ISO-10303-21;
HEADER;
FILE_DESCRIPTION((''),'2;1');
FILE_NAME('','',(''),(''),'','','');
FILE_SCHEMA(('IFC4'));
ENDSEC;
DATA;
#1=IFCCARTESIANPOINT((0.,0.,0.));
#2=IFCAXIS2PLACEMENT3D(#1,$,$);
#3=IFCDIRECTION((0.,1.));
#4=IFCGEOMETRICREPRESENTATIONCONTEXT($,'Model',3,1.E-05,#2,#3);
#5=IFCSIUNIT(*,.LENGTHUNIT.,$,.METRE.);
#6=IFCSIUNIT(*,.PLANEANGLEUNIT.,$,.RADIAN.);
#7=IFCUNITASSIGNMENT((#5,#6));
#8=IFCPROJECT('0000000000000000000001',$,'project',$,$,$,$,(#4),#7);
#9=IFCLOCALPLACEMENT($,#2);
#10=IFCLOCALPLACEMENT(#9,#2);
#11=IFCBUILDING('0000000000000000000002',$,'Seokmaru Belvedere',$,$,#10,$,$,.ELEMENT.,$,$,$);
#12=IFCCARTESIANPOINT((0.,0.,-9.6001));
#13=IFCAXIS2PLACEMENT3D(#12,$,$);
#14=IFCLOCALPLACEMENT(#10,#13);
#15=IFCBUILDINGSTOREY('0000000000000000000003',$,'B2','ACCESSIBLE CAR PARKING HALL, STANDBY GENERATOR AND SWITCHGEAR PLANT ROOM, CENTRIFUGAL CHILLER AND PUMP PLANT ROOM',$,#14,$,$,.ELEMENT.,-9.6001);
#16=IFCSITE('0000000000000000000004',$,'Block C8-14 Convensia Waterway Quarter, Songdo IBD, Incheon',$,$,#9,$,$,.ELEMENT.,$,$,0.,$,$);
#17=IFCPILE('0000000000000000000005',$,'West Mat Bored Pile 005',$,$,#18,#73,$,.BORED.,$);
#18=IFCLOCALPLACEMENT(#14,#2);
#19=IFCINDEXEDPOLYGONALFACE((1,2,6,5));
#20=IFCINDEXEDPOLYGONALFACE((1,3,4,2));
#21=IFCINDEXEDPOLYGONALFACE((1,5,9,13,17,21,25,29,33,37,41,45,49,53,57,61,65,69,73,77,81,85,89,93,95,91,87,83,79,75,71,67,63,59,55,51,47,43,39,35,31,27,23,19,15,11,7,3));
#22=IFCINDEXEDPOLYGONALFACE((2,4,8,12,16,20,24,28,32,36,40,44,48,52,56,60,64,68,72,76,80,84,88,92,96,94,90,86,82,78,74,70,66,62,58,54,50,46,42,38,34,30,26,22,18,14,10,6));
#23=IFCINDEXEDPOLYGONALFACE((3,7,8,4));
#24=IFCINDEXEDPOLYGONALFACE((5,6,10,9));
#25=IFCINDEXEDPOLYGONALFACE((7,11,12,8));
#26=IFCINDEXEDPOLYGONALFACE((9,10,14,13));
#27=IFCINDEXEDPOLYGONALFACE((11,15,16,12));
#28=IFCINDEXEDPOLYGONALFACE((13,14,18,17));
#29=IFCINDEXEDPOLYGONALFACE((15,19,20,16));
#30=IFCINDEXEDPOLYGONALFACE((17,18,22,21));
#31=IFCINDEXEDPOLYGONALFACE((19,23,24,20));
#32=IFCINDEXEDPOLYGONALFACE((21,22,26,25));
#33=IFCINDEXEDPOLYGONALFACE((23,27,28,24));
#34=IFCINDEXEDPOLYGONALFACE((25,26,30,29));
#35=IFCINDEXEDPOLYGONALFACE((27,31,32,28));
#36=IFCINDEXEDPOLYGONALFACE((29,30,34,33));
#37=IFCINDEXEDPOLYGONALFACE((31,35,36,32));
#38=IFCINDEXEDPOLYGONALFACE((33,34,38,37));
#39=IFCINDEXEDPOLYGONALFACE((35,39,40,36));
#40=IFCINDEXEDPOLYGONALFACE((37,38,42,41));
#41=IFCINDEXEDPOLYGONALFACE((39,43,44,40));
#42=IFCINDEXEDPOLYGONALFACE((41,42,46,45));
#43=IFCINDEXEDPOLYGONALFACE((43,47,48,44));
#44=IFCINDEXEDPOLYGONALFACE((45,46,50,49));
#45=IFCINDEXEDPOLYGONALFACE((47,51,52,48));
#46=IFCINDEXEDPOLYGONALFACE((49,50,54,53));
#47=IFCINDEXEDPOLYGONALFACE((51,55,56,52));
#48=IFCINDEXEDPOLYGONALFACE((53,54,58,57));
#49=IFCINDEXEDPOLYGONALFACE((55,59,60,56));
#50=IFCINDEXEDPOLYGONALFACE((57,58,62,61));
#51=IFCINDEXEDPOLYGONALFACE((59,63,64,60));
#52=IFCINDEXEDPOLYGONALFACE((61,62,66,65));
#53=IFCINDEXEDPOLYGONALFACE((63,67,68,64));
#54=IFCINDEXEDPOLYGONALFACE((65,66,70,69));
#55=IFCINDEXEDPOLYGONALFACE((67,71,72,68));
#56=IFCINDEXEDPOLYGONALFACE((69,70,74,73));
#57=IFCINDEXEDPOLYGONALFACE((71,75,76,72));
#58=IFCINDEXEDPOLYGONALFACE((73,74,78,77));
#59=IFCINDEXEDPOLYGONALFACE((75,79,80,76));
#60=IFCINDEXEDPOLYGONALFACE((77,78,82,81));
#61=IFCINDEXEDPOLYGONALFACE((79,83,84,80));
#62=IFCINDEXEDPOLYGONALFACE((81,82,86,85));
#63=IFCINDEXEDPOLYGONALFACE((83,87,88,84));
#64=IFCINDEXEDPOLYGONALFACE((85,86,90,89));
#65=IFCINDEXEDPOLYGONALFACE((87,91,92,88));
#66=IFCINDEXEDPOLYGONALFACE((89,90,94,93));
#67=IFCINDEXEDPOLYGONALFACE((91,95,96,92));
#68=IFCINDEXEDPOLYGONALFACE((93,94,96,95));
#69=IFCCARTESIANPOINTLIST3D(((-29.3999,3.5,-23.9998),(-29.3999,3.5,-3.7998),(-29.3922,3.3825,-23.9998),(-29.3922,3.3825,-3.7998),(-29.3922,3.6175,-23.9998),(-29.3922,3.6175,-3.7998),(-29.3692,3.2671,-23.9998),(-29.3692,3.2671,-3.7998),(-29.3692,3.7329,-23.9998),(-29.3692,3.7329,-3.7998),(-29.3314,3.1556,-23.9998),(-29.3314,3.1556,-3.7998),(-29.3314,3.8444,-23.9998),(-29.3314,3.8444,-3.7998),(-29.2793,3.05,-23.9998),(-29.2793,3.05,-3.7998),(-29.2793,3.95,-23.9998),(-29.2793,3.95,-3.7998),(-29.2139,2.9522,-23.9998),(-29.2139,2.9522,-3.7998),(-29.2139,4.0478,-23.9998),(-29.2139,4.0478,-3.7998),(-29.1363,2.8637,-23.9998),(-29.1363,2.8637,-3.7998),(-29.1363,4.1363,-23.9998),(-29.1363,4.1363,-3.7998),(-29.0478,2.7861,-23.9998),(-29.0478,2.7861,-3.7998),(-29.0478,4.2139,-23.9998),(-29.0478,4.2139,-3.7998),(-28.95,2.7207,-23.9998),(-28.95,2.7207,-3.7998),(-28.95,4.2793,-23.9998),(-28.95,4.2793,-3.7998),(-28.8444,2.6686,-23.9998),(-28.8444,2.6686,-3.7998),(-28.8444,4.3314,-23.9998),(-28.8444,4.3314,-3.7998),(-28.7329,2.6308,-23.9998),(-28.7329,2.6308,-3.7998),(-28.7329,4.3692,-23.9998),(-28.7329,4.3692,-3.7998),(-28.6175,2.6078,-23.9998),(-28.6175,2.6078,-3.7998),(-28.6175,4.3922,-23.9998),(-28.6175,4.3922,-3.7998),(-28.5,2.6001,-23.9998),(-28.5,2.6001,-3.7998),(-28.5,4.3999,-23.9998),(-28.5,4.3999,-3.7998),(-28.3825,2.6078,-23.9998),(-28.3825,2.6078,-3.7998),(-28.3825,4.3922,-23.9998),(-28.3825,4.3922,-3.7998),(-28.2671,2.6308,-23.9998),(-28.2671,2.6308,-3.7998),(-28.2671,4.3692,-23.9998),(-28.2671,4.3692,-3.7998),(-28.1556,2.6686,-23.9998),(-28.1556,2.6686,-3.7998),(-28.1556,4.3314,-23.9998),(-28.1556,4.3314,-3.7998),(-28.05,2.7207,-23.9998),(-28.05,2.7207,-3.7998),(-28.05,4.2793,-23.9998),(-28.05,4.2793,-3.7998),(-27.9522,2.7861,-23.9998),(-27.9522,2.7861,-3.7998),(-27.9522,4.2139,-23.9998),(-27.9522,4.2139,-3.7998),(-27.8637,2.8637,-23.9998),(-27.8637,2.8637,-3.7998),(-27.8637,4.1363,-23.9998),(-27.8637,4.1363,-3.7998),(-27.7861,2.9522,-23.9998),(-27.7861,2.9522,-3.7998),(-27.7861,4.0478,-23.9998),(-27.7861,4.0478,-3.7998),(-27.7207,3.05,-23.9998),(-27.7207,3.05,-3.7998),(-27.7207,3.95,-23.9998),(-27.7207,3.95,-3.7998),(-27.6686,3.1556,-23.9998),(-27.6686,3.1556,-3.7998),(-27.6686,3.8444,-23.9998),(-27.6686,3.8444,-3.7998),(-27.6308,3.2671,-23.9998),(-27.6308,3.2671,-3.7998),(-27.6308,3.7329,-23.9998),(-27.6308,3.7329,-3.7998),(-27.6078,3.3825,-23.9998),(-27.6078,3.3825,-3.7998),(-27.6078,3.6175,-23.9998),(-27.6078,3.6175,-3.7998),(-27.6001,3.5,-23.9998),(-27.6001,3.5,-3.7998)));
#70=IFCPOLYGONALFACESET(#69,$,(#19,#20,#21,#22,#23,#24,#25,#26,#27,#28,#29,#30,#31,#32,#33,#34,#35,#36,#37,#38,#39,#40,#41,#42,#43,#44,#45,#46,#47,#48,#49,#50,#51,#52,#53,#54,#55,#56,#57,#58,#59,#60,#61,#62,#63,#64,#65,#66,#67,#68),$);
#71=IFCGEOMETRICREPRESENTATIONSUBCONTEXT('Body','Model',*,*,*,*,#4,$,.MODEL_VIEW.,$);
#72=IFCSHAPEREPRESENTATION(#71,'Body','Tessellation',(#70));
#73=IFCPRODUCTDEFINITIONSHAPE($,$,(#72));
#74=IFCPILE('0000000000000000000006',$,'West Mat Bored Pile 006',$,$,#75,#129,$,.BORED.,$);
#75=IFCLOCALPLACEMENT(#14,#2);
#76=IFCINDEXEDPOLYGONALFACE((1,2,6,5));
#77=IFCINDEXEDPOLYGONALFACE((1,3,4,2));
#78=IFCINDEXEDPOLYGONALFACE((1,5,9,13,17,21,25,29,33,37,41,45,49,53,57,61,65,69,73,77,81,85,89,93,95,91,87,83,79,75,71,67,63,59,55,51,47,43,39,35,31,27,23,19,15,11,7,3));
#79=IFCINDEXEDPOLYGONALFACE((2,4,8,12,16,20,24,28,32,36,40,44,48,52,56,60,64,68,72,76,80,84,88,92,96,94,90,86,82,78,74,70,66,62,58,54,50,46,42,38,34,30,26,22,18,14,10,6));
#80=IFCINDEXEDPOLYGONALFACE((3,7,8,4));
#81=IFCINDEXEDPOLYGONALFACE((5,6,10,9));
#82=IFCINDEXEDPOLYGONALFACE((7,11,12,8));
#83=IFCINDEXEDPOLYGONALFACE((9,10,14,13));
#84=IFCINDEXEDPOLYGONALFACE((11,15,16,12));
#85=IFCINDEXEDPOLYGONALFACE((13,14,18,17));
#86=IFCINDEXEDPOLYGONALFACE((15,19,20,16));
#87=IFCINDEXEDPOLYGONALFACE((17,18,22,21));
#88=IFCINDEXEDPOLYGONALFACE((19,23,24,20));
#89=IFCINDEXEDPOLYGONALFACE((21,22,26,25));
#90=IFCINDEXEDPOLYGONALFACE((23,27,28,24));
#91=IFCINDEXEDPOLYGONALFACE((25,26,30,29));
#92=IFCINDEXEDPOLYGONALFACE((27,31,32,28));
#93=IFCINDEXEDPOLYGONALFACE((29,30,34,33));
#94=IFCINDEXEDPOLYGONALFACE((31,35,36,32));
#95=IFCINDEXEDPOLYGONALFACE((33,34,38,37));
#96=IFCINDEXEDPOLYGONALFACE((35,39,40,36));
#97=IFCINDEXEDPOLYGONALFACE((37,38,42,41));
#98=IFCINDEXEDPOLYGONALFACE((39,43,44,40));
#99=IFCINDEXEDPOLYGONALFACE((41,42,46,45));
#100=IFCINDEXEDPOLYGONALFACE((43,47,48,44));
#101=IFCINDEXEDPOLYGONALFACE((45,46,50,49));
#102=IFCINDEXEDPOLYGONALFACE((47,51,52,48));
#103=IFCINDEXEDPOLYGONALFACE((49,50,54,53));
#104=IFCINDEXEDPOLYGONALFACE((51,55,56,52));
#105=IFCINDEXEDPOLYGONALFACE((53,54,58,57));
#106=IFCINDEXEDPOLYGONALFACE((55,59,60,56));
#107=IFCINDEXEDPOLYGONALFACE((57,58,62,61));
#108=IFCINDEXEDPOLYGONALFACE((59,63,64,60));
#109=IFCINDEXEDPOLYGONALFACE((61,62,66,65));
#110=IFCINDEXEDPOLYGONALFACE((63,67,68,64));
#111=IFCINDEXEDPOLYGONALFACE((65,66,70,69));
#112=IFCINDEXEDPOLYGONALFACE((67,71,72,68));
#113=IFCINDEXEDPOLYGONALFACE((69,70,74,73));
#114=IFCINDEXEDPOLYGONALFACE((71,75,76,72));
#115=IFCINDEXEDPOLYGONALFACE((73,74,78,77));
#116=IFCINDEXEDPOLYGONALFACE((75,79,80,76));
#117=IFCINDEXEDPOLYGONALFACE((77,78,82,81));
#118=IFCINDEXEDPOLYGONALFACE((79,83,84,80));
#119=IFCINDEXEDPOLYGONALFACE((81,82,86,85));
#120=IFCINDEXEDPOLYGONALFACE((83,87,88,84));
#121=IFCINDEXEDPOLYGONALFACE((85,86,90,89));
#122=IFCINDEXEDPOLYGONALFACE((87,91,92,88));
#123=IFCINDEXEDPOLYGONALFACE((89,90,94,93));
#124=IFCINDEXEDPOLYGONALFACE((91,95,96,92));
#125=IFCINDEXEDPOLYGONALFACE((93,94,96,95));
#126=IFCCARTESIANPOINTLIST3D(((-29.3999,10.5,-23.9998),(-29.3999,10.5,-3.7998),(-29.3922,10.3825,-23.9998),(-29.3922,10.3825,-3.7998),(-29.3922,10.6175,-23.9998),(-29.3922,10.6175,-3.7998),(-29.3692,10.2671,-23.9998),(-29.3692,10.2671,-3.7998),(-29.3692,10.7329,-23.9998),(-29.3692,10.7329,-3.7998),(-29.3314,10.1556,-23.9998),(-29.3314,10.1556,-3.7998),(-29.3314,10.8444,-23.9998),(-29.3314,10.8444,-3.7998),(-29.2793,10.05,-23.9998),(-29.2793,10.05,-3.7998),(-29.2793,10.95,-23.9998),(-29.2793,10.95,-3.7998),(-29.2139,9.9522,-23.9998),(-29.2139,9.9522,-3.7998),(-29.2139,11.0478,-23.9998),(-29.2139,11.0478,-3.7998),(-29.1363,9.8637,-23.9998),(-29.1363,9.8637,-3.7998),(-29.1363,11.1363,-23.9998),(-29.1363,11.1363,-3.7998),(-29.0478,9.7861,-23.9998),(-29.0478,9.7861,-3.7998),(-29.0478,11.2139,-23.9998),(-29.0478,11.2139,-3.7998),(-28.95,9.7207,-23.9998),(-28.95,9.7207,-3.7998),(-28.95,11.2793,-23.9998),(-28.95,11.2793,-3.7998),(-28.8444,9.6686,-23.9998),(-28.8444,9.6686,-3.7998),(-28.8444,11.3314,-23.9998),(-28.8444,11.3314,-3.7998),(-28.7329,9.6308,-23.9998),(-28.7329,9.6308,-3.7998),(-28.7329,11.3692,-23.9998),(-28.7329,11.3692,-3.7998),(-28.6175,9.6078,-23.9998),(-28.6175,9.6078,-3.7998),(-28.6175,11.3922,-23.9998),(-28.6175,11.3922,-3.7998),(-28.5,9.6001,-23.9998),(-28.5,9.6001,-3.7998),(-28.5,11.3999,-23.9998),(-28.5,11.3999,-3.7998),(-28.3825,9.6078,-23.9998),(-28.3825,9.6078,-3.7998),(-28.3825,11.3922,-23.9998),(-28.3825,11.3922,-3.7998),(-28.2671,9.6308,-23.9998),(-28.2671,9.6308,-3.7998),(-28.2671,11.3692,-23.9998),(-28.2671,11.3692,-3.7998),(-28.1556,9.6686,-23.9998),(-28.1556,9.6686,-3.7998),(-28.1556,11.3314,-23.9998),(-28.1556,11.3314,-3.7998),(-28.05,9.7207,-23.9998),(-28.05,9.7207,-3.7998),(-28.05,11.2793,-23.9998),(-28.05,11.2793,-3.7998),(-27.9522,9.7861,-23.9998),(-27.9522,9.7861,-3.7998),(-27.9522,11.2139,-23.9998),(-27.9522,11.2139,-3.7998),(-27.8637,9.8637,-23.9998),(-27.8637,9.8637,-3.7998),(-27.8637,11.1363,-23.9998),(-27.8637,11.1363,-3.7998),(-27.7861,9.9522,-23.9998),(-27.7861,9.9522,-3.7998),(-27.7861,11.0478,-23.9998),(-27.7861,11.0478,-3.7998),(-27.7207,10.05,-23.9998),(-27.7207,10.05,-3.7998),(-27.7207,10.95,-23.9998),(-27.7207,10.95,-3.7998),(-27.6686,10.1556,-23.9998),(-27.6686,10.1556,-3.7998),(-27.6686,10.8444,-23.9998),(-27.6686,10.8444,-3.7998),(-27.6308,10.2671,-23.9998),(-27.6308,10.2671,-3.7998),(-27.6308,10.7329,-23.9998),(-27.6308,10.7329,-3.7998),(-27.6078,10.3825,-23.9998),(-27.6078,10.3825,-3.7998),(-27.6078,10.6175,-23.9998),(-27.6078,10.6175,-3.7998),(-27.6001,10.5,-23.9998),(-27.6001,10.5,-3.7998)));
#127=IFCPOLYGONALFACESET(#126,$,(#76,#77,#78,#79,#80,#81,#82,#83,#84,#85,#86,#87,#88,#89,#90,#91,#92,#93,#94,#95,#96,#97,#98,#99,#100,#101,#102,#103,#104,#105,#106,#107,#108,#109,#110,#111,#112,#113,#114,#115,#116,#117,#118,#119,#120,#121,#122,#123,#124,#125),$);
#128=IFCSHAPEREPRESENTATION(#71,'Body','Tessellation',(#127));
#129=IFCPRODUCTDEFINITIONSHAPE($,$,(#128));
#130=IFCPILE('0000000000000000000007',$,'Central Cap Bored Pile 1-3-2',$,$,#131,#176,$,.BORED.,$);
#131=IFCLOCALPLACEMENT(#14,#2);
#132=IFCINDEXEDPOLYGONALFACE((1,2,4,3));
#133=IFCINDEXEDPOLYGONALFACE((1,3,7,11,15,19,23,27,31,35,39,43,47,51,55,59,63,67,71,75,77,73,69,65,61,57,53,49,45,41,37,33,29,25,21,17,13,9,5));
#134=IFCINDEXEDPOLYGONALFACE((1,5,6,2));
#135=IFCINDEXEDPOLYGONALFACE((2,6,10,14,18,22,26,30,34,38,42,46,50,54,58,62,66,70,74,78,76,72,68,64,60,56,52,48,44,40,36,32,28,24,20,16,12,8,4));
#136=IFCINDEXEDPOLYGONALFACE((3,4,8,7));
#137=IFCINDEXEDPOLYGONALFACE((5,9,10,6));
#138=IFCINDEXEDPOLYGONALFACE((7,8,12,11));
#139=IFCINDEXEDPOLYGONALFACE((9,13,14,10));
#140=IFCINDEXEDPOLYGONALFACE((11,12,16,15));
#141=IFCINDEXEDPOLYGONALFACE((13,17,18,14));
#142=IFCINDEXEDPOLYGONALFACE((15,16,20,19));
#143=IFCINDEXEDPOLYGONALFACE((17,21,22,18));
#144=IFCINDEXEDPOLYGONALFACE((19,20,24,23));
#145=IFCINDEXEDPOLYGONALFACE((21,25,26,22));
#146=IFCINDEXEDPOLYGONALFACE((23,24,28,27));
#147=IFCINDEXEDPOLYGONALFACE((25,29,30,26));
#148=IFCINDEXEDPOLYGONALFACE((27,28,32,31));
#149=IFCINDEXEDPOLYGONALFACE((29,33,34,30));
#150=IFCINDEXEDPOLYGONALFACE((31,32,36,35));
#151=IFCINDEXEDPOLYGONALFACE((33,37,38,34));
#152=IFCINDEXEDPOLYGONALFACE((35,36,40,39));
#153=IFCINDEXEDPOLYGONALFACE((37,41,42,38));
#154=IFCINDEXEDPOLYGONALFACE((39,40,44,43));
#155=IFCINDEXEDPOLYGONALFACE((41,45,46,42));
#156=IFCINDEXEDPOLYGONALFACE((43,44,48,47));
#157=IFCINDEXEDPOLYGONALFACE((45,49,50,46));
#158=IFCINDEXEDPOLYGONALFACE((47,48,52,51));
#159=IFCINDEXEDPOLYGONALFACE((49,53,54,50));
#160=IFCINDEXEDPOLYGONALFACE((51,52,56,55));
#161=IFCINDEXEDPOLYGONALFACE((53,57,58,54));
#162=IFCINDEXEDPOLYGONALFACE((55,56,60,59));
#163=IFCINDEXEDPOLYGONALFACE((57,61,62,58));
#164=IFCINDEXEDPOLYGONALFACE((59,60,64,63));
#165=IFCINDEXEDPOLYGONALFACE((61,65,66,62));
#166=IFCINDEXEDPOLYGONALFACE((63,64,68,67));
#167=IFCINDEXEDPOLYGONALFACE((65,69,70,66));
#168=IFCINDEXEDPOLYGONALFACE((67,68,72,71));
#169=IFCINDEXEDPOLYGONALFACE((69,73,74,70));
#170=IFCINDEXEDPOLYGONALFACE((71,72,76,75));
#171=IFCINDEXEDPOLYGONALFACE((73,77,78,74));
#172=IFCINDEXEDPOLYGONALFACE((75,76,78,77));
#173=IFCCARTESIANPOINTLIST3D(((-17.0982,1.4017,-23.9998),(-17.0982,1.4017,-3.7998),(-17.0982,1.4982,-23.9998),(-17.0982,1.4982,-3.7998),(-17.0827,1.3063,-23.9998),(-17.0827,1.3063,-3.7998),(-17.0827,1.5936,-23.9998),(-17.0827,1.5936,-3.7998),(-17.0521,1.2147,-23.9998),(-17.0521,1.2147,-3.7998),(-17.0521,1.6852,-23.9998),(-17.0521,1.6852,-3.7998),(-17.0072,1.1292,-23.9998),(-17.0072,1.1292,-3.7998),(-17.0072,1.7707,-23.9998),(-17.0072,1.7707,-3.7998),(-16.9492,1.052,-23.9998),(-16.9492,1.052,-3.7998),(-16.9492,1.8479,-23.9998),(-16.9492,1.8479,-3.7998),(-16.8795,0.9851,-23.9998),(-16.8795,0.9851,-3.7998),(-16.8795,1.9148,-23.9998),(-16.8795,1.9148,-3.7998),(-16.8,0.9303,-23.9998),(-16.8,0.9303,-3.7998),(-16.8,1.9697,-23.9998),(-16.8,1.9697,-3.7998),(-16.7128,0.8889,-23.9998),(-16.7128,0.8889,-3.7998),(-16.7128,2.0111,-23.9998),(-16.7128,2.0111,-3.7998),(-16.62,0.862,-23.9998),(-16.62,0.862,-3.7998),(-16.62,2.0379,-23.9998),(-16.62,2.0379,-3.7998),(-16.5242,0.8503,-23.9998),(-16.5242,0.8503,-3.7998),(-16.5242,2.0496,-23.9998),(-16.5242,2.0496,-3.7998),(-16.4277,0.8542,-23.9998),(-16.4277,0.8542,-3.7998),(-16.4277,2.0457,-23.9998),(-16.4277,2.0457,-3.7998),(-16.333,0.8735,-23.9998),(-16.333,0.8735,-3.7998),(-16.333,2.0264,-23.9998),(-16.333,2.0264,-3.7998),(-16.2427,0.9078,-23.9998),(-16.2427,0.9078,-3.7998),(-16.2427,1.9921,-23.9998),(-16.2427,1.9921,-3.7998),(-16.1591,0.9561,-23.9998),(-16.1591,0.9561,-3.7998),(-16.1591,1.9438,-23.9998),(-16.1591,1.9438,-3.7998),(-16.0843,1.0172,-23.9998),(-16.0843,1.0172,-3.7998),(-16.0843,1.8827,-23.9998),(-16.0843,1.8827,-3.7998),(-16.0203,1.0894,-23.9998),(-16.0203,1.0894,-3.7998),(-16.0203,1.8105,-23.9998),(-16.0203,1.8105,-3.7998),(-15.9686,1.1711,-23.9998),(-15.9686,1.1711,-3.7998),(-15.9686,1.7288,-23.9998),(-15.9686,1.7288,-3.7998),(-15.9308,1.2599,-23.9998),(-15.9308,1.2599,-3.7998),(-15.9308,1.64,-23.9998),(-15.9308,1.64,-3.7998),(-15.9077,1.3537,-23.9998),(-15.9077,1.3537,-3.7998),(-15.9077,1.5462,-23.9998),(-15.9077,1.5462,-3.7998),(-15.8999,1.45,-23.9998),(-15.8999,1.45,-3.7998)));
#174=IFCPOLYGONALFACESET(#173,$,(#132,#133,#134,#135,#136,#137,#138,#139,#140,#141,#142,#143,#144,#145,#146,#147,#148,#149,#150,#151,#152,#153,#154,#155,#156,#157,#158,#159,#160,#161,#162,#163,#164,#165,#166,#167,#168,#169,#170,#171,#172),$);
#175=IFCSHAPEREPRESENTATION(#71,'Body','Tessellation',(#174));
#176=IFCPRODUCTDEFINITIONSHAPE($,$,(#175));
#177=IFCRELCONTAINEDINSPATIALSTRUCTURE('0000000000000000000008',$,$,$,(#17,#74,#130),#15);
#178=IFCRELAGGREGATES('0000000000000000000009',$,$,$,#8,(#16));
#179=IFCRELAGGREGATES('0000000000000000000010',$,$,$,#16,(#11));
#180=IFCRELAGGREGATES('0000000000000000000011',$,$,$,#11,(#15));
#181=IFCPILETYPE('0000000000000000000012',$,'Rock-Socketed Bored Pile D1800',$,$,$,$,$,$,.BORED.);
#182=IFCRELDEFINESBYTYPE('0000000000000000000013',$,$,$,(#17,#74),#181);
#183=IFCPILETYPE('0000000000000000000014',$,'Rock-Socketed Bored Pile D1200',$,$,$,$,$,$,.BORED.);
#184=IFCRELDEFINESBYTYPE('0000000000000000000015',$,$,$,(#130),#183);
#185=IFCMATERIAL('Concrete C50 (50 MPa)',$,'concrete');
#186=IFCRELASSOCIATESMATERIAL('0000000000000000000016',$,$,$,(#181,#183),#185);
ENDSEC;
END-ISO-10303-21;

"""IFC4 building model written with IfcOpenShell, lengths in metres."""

from ifc_helpers import new_model, si_unit, direction, frame, origin, origin_2d, place, context, subcontext, project, spatial, circle, extrude, source, transform, mapped, material, material_profile, profile_set, type_object, type_shapes, element, save


model = new_model("IFC4")

# Units and contexts
model_context = context("Model", 3, precision=1e-05, world=origin(), true_north=direction((0.0, 1.0)))
body_context = subcontext(model_context, "Body", "Model", "MODEL_VIEW")
ifc_project = project(units=[si_unit("LENGTHUNIT", "METRE"), si_unit("PLANEANGLEUNIT", "RADIAN")], contexts=[model_context])

# Site, building, storey
site_placement = place(None, origin())
site = spatial("IfcSite", under=ifc_project, at=site_placement, Name="Block C8-14 Convensia Waterway Quarter, Songdo IBD, Incheon", CompositionType="ELEMENT", RefElevation=0.0)
building_placement = place(site_placement, origin())
building = spatial("IfcBuilding", under=site, at=building_placement, Name="Seokmaru Belvedere", CompositionType="ELEMENT")
storey_placement = place(building_placement, frame((0.0, 0.0, -9.6001)))
storey = spatial("IfcBuildingStorey", under=building, at=storey_placement, Name="B2", Description="ACCESSIBLE CAR PARKING HALL, STANDBY GENERATOR AND SWITCHGEAR PLANT ROOM, CENTRIFUGAL CHILLER AND PUMP PLANT ROOM", CompositionType="ELEMENT", Elevation=-9.6001)

# Piles
ifc_material_1 = material(Name="Concrete C50 (50 MPa)", Category="concrete")
ifc_material_profile_1 = material_profile(ifc_material_1, circle(Radius=0.8999, at=origin_2d()), Name="PILE-D1800")
ifc_profile_set_1 = profile_set([ifc_material_profile_1], Name="Concrete C50 (50 MPa)")
pile_type_1 = type_object("IfcPileType", Name="Rock-Socketed Bored Pile D1800", PredefinedType="BORED", material=ifc_profile_set_1)
shared_shape_1 = source(origin(), body_context, "Body", "SweptSolid", [
    extrude(circle(Radius=0.8999, at=origin_2d()), origin(), (0.0, 0.0, 1.0), 20.2),
])
type_shapes(pile_type_1, [shared_shape_1])
for number, where, z_axis, x_axis, name in (
    (1, (-28.5, 3.5, -3.7998), (0.0, 0.0, -1.0), (1.0, 0.0, 0.0), "West Mat Bored Pile 005"),
    (2, (-28.5, 10.5, -3.7998), (0.0, 0.0, -1.0), (1.0, 0.0, 0.0), "West Mat Bored Pile 006"),
):
    element("IfcPile", number, at=place(storey_placement, frame(where, z_axis=z_axis, x_axis=x_axis)), inside=storey, type_object=pile_type_1, Name=name, PredefinedType="BORED", context=body_context, shape_type="MappedRepresentation", body=[
        mapped(shared_shape_1, transform((0.0, 0.0, 0.0), scale=1.0)),
    ])
ifc_material_profile_2 = material_profile(ifc_material_1, circle(Radius=0.6001, at=origin_2d()), Name="PILE-D1200")
ifc_profile_set_2 = profile_set([ifc_material_profile_2], Name="Concrete C50 (50 MPa)")
pile_type_2 = type_object("IfcPileType", Name="Rock-Socketed Bored Pile D1200", PredefinedType="BORED", material=ifc_profile_set_2)
shared_shape_2 = source(origin(), body_context, "Body", "SweptSolid", [
    extrude(circle(Radius=0.6001, at=origin_2d()), origin(), (0.0, 0.0, 1.0), 20.2),
])
type_shapes(pile_type_2, [shared_shape_2])
for number, where, z_axis, x_axis, name in (
    (3, (-16.5, 1.45, -3.7998), (0.0, 0.0, -1.0), (1.0, 0.0, 0.0), "Central Cap Bored Pile 1-3-2"),
):
    element("IfcPile", number, at=place(storey_placement, frame(where, z_axis=z_axis, x_axis=x_axis)), inside=storey, type_object=pile_type_2, Name=name, PredefinedType="BORED", context=body_context, shape_type="MappedRepresentation", body=[
        mapped(shared_shape_2, transform((0.0, 0.0, 0.0), scale=1.0)),
    ])

save(model, "model.ifc")
